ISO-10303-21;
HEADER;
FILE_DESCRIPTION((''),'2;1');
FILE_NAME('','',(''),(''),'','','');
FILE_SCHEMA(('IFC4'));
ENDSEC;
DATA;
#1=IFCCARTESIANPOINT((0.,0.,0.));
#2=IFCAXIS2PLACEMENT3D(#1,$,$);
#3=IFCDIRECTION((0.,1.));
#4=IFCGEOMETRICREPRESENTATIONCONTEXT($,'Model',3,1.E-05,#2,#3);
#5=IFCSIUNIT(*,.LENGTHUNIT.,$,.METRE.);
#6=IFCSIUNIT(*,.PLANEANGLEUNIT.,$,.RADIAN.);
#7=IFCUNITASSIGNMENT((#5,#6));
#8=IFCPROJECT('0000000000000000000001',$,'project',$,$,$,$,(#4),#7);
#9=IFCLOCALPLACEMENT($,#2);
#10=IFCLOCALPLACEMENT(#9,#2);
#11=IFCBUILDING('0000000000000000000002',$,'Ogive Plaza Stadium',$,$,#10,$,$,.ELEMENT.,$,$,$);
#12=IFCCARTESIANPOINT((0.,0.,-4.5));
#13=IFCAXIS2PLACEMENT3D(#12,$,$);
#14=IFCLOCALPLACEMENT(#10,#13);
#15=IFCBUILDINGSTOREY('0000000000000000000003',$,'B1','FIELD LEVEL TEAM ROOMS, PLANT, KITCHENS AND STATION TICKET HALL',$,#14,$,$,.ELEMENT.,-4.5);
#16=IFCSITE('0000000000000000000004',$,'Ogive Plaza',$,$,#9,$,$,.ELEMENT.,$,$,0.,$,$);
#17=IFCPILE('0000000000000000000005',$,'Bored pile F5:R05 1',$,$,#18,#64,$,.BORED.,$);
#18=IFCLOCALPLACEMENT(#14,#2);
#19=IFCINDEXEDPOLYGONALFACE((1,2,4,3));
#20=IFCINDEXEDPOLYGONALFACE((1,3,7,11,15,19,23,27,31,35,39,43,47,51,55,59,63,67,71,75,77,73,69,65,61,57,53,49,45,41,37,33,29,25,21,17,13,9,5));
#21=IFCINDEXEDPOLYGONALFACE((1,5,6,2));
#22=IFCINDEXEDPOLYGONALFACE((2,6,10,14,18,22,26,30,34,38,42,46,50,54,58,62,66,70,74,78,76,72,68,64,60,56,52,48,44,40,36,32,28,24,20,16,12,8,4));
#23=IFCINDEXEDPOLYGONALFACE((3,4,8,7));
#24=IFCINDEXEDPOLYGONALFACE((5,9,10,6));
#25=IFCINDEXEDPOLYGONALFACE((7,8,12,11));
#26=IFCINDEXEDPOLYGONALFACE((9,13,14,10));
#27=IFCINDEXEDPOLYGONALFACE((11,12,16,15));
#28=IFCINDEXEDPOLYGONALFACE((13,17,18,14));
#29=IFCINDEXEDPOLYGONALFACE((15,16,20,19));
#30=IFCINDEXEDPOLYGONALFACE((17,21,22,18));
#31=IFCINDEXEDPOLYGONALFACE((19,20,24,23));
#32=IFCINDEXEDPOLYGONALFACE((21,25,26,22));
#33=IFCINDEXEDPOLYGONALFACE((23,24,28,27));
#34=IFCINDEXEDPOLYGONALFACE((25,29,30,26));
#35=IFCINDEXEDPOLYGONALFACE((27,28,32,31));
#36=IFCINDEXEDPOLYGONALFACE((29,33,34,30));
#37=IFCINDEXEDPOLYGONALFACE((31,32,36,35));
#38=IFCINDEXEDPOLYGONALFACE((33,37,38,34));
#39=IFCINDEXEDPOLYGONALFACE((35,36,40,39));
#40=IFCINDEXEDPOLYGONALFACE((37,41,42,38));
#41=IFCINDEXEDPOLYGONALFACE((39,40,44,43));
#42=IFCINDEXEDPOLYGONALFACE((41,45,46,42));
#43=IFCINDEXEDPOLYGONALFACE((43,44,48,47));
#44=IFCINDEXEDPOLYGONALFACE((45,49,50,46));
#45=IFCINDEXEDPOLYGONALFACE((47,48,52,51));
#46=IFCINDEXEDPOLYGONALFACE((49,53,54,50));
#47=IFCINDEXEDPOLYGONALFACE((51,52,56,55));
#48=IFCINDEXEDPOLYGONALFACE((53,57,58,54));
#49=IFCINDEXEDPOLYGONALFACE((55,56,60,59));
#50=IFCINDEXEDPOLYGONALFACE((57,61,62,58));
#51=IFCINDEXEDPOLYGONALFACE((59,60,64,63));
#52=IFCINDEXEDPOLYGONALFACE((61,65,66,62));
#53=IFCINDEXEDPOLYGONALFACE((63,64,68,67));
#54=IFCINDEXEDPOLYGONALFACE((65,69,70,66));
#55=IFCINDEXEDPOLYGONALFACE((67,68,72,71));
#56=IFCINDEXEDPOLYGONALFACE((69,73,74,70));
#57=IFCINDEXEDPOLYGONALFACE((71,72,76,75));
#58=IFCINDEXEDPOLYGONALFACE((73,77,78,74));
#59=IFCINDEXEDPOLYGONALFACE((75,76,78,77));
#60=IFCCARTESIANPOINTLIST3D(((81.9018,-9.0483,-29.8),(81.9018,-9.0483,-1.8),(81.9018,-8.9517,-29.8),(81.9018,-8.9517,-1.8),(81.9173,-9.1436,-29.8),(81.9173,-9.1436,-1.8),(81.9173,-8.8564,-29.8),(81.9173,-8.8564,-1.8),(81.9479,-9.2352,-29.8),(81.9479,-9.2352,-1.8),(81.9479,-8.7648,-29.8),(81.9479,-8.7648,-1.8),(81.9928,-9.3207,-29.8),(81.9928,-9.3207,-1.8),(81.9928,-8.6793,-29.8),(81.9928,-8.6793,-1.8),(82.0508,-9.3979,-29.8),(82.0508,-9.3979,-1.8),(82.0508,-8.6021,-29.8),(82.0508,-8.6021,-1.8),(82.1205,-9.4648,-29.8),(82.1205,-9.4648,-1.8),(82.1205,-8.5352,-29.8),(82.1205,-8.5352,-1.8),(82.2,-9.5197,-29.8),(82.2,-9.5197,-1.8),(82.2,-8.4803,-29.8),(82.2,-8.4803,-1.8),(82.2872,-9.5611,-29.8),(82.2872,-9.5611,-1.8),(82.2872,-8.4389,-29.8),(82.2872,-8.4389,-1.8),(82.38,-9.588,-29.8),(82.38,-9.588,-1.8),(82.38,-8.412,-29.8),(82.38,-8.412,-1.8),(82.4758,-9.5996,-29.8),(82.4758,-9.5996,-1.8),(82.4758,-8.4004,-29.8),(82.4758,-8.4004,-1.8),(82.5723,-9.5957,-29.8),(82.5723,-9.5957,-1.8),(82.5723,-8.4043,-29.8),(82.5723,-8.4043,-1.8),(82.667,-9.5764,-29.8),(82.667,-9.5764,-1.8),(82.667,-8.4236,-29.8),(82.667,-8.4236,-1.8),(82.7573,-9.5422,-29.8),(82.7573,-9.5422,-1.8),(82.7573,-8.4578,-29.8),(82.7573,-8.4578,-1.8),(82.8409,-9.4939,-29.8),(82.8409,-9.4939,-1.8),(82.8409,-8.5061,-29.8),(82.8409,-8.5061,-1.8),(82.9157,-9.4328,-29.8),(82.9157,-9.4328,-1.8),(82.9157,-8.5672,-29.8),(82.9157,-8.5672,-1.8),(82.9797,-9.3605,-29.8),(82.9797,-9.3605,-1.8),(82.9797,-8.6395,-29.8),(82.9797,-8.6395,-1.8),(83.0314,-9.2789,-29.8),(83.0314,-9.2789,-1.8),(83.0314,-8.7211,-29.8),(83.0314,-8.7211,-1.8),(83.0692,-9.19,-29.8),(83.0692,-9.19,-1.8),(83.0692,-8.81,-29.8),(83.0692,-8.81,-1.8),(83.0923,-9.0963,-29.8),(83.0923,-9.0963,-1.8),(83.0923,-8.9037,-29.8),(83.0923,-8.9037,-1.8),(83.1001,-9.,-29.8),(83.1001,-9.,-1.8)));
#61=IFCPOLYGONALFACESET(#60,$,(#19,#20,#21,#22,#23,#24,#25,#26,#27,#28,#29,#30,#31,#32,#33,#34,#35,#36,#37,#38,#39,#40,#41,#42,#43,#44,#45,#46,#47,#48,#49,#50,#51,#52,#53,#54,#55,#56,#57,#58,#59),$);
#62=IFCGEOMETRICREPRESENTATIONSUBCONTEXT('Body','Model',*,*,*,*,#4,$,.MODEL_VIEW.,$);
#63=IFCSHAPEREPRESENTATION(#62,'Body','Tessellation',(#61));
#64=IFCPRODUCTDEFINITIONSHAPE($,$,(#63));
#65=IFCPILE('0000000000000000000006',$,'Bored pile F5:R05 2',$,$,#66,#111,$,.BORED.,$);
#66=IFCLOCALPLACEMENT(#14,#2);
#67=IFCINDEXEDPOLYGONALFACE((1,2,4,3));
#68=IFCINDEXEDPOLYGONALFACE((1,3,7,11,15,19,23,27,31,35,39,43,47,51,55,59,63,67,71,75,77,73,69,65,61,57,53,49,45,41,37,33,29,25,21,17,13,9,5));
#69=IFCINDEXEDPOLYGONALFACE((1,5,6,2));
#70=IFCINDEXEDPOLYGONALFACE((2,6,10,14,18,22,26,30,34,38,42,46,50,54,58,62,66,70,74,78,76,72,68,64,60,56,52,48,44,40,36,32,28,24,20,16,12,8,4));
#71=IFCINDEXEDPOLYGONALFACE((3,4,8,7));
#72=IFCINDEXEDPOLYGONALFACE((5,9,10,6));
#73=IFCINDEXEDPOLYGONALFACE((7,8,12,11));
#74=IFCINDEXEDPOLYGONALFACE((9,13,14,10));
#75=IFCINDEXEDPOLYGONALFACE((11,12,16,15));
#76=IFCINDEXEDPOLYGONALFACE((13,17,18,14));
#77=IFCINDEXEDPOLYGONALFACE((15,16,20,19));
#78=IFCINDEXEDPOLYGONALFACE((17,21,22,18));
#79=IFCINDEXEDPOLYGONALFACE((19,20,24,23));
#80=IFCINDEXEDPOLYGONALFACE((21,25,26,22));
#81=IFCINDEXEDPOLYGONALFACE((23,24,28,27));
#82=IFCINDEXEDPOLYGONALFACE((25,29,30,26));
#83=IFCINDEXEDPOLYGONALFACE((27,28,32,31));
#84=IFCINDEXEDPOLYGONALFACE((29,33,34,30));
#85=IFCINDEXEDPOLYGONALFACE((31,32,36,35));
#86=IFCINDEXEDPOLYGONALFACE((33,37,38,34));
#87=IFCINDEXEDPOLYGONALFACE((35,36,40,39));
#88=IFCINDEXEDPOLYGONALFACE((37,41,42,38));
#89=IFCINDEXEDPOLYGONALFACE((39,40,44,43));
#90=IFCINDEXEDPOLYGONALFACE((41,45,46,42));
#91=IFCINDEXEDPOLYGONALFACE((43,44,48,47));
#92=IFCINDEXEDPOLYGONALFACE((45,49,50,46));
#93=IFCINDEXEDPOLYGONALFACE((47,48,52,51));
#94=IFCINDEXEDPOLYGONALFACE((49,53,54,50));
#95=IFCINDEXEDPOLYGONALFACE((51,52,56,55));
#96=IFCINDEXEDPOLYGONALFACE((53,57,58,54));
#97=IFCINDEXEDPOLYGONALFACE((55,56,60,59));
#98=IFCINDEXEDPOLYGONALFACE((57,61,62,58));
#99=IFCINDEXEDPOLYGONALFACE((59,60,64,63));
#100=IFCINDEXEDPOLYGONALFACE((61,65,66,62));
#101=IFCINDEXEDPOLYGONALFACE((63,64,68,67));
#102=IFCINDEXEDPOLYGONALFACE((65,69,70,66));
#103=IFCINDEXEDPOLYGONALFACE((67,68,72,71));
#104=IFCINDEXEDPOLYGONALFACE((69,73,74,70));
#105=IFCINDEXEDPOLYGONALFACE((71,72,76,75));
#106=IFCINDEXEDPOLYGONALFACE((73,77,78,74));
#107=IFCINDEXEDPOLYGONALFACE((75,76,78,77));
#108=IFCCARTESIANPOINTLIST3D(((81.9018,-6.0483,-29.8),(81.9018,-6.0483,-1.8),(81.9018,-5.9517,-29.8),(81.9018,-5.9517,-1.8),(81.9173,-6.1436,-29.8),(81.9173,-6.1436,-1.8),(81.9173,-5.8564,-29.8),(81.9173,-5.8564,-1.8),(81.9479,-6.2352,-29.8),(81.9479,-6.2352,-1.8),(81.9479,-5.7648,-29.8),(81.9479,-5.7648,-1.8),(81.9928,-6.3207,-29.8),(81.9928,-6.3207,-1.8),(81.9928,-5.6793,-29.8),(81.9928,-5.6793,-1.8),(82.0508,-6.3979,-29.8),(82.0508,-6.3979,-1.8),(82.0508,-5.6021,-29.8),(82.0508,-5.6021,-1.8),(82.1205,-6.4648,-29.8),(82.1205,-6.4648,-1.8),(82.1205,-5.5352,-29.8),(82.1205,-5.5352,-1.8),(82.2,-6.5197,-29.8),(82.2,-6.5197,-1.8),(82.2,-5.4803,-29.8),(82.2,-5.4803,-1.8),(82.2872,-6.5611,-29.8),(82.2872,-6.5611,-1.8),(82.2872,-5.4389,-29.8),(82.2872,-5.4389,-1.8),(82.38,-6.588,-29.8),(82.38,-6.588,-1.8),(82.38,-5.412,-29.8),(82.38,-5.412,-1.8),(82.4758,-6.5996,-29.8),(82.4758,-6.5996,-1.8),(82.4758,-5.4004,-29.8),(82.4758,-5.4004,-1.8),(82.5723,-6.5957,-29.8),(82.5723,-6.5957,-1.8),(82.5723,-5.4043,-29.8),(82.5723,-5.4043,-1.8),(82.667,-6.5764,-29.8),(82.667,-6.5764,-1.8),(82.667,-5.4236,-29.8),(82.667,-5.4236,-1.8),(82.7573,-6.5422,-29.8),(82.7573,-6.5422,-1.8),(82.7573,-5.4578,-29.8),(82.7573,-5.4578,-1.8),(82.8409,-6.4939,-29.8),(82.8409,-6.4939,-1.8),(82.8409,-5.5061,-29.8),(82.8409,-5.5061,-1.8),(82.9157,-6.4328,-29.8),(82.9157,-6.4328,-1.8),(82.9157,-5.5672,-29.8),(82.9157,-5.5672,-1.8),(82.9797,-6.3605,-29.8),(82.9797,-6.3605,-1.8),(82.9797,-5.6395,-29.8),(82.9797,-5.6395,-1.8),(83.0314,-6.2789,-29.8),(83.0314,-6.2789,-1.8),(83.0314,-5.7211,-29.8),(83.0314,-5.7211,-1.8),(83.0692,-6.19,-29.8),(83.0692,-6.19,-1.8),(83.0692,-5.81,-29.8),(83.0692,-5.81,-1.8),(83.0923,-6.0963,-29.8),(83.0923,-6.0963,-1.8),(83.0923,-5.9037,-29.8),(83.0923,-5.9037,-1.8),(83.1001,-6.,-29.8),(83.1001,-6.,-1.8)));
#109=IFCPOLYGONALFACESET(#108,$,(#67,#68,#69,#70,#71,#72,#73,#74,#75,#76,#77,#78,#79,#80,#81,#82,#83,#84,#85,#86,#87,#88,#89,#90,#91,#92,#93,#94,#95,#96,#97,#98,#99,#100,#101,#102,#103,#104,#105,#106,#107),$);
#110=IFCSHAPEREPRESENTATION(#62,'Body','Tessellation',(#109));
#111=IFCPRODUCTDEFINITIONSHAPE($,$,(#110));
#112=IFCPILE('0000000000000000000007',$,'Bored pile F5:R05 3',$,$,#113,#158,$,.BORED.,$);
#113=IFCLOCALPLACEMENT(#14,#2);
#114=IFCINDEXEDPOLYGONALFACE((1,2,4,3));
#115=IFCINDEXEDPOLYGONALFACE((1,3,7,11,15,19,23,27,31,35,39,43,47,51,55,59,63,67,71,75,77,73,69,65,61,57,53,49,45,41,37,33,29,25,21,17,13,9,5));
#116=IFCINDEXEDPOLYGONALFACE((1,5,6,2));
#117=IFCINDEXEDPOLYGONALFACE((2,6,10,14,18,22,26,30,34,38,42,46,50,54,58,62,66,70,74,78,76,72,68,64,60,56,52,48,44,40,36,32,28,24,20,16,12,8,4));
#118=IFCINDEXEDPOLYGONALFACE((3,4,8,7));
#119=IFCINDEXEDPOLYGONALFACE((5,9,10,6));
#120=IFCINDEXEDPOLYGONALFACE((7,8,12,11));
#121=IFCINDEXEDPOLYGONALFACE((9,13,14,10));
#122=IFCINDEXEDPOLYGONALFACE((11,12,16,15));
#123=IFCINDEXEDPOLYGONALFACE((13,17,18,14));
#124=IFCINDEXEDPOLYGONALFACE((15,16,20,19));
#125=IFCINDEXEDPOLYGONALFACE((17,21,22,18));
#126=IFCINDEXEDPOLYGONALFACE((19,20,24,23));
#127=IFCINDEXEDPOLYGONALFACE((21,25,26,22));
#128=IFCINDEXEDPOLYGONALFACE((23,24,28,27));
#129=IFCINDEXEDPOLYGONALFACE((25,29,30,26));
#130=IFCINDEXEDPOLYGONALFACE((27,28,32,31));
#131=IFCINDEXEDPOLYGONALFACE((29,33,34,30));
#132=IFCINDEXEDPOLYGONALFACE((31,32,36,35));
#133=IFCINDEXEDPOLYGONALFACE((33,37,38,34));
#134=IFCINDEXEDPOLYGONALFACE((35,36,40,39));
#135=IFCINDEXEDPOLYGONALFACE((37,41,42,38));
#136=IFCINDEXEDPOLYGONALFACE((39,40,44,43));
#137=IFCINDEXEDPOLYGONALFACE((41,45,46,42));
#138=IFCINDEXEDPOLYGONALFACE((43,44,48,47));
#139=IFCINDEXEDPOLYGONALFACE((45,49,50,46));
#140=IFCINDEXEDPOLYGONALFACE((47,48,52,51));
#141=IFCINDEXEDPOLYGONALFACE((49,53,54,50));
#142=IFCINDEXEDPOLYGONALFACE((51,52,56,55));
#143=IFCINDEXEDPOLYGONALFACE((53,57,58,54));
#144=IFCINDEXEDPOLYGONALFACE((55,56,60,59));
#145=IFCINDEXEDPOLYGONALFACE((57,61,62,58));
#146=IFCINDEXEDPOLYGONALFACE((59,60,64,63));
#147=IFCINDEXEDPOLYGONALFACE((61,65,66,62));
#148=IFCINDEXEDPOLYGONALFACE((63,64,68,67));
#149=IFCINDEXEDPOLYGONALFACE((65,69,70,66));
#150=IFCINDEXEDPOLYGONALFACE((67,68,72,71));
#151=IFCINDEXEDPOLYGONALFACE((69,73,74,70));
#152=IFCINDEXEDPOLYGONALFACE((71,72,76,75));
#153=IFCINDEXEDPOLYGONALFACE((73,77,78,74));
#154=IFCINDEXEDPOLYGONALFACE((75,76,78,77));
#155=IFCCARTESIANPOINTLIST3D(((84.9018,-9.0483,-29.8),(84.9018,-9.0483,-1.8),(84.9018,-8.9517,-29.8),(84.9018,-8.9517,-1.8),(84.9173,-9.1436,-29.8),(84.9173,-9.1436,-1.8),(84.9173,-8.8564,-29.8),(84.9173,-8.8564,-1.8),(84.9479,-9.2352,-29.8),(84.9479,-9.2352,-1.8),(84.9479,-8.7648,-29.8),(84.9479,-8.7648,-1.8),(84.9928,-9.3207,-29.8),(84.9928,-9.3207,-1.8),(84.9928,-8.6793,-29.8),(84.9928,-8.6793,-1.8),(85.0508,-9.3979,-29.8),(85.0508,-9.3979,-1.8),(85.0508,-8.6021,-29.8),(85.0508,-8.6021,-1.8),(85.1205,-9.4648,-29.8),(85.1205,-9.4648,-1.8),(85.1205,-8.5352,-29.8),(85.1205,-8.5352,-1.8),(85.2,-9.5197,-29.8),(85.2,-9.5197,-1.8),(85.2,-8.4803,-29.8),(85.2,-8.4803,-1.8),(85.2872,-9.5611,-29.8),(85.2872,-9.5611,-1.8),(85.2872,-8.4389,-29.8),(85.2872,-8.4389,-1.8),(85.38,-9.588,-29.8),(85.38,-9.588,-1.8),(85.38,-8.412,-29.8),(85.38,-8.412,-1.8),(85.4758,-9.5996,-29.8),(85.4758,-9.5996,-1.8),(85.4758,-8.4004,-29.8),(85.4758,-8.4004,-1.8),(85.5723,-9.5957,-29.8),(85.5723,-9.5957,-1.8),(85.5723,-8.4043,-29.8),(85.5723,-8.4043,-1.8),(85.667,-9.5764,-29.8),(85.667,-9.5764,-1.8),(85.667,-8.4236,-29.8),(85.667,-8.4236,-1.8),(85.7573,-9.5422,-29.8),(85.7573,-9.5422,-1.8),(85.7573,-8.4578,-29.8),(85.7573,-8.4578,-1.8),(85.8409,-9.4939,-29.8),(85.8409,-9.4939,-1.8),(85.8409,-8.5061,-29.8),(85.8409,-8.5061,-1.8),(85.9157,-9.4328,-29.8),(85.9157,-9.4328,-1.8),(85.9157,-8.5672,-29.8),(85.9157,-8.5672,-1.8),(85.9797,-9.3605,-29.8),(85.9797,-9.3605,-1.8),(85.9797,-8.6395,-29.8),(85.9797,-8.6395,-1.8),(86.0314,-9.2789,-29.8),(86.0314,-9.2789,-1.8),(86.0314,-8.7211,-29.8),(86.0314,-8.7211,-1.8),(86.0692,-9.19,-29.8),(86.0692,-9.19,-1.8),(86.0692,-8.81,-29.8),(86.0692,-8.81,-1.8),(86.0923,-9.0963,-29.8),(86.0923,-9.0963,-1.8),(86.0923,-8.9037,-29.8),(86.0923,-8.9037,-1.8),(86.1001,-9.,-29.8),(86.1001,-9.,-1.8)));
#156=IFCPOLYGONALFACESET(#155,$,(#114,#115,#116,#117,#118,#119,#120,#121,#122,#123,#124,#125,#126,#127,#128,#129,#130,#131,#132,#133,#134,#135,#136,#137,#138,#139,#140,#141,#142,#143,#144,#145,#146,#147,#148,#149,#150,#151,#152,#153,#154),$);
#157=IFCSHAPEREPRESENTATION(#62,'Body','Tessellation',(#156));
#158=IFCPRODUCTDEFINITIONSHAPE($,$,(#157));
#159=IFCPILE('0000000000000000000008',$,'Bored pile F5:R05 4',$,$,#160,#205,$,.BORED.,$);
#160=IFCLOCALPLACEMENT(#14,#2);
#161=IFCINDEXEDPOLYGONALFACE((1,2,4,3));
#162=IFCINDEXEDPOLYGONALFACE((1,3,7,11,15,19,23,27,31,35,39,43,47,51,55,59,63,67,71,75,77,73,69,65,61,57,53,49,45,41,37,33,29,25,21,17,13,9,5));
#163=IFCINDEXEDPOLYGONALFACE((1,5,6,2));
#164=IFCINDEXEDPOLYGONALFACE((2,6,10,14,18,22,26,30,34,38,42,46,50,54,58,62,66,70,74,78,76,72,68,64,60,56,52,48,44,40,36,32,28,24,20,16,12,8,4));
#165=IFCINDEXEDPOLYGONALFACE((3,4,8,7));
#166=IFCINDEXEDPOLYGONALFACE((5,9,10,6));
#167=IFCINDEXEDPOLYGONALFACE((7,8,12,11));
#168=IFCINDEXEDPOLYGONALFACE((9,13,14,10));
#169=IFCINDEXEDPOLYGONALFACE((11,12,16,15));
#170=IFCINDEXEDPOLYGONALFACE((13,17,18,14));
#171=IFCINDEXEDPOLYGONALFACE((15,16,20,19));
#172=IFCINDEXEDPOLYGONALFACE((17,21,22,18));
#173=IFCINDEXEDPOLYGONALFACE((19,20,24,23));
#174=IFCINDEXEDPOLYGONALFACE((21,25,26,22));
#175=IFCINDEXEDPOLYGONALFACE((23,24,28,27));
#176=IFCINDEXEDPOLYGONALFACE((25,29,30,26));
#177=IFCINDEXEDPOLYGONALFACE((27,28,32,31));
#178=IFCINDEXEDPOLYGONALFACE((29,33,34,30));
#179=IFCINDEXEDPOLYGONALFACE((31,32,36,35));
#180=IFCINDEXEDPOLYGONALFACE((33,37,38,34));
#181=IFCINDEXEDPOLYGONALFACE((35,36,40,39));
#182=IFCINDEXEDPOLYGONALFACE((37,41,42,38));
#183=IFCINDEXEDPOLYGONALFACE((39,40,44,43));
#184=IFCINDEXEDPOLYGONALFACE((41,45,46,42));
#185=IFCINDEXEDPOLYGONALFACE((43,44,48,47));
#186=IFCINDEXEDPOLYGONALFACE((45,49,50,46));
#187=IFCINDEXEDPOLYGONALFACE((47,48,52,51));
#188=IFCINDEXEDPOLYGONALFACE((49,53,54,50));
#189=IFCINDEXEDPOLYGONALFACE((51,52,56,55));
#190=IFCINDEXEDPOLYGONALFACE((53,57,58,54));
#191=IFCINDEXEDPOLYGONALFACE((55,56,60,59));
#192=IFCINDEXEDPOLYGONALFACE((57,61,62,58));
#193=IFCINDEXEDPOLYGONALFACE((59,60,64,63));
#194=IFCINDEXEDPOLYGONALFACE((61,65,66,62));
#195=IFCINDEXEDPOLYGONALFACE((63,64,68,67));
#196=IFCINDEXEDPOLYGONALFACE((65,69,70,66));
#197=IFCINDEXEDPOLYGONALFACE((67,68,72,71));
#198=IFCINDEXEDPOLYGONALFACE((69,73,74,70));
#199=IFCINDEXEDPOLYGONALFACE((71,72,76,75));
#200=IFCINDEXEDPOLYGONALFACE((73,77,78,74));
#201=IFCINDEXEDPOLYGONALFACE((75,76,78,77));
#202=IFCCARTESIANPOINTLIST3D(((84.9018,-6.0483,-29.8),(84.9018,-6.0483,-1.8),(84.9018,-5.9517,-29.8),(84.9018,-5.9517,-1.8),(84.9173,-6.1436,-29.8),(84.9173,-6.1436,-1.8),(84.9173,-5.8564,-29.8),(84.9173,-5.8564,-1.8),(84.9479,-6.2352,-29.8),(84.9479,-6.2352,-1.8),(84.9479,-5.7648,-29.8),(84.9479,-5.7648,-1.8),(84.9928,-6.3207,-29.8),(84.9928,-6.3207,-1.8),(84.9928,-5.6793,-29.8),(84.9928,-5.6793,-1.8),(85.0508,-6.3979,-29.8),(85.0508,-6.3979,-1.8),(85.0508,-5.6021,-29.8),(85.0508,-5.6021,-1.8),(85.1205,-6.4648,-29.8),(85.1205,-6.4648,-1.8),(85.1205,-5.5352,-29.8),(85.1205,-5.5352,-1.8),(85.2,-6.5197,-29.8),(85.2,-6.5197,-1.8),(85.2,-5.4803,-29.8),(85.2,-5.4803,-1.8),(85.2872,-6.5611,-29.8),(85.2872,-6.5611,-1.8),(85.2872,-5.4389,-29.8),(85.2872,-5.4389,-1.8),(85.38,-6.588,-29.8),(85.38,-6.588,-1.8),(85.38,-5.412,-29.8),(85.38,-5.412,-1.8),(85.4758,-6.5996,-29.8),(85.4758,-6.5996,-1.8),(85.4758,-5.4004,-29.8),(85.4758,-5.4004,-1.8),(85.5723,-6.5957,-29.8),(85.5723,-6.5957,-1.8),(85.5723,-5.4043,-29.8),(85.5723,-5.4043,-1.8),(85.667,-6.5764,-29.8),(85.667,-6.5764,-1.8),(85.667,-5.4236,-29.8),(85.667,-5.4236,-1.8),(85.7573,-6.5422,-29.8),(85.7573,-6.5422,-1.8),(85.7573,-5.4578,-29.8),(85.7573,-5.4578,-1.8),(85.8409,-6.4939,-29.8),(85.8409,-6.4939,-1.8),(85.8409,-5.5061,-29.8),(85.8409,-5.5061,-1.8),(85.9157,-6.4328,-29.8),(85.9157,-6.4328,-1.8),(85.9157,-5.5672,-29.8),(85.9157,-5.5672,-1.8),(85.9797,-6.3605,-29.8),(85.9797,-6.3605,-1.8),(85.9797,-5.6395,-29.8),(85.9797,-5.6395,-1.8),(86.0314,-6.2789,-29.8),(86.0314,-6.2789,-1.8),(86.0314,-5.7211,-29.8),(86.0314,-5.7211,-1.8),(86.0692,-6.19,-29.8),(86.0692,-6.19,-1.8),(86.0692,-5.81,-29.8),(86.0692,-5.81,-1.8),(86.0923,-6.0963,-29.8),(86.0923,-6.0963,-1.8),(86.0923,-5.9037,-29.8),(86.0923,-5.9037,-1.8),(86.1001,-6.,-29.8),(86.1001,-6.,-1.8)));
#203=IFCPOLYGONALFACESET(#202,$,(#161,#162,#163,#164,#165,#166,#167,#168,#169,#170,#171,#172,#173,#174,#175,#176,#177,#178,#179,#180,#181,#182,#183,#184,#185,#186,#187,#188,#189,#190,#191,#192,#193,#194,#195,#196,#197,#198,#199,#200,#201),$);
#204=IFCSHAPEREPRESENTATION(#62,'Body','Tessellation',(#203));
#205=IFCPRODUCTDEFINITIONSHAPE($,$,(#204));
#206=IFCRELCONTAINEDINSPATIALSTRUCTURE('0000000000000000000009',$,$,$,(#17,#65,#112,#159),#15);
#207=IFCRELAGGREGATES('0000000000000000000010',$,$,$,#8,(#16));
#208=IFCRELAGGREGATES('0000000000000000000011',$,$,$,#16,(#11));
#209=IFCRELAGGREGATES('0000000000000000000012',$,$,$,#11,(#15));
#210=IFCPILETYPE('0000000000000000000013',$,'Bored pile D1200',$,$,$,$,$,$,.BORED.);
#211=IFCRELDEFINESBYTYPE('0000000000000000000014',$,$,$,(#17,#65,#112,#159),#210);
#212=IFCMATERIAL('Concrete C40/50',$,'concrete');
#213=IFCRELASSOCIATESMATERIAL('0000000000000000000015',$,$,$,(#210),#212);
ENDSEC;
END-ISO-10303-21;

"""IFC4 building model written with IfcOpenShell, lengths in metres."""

from ifc_helpers import new_model, si_unit, direction, frame, origin, origin_2d, place, context, subcontext, project, spatial, circle, extrude, material, material_profile, profile_set, type_object, element, save


model = new_model("IFC4")

# Units and contexts
model_context = context("Model", 3, precision=1e-05, world=origin(), true_north=direction((0.0, 1.0)))
body_context = subcontext(model_context, "Body", "Model", "MODEL_VIEW")
ifc_project = project(units=[si_unit("LENGTHUNIT", "METRE"), si_unit("PLANEANGLEUNIT", "RADIAN")], contexts=[model_context])

# Site, building, storey
site_placement = place(None, origin())
site = spatial("IfcSite", under=ifc_project, at=site_placement, Name="Ogive Plaza", CompositionType="ELEMENT", RefElevation=0.0)
building_placement = place(site_placement, origin())
building = spatial("IfcBuilding", under=site, at=building_placement, Name="Ogive Plaza Stadium", CompositionType="ELEMENT")
storey_placement = place(building_placement, frame((0.0, 0.0, -4.5)))
storey = spatial("IfcBuildingStorey", under=building, at=storey_placement, Name="B1", Description="FIELD LEVEL TEAM ROOMS, PLANT, KITCHENS AND STATION TICKET HALL", CompositionType="ELEMENT", Elevation=-4.5)

# Piles
ifc_material_1 = material(Name="Concrete C40/50", Category="concrete")
ifc_material_profile_1 = material_profile(ifc_material_1, circle(Radius=0.6001, at=origin_2d()), Name="RC D1200")
ifc_profile_set_1 = profile_set([ifc_material_profile_1], Name="Concrete C40/50")
pile_type_1 = type_object("IfcPileType", Name="Bored pile D1200", PredefinedType="BORED", material=ifc_profile_set_1)
for number, where, z_axis, x_axis, name in (
    (1, (82.5, -9.0, -1.8), (0.0, 0.0, -1.0), (1.0, 0.0, 0.0), "Bored pile F5:R05 1"),
    (2, (82.5, -6.0, -1.8), (0.0, 0.0, -1.0), (1.0, 0.0, 0.0), "Bored pile F5:R05 2"),
    (3, (85.5, -9.0, -1.8), (0.0, 0.0, -1.0), (1.0, 0.0, 0.0), "Bored pile F5:R05 3"),
    (4, (85.5, -6.0, -1.8), (0.0, 0.0, -1.0), (1.0, 0.0, 0.0), "Bored pile F5:R05 4"),
):
    element("IfcPile", number, at=place(storey_placement, frame(where, z_axis=z_axis, x_axis=x_axis)), inside=storey, type_object=pile_type_1, Name=name, PredefinedType="BORED", context=body_context, shape_type="SweptSolid", body=[
        extrude(circle(Radius=0.6001, at=origin_2d()), origin(), (0.0, 0.0, 1.0), 28.0),
    ])

save(model, "model.ifc")
